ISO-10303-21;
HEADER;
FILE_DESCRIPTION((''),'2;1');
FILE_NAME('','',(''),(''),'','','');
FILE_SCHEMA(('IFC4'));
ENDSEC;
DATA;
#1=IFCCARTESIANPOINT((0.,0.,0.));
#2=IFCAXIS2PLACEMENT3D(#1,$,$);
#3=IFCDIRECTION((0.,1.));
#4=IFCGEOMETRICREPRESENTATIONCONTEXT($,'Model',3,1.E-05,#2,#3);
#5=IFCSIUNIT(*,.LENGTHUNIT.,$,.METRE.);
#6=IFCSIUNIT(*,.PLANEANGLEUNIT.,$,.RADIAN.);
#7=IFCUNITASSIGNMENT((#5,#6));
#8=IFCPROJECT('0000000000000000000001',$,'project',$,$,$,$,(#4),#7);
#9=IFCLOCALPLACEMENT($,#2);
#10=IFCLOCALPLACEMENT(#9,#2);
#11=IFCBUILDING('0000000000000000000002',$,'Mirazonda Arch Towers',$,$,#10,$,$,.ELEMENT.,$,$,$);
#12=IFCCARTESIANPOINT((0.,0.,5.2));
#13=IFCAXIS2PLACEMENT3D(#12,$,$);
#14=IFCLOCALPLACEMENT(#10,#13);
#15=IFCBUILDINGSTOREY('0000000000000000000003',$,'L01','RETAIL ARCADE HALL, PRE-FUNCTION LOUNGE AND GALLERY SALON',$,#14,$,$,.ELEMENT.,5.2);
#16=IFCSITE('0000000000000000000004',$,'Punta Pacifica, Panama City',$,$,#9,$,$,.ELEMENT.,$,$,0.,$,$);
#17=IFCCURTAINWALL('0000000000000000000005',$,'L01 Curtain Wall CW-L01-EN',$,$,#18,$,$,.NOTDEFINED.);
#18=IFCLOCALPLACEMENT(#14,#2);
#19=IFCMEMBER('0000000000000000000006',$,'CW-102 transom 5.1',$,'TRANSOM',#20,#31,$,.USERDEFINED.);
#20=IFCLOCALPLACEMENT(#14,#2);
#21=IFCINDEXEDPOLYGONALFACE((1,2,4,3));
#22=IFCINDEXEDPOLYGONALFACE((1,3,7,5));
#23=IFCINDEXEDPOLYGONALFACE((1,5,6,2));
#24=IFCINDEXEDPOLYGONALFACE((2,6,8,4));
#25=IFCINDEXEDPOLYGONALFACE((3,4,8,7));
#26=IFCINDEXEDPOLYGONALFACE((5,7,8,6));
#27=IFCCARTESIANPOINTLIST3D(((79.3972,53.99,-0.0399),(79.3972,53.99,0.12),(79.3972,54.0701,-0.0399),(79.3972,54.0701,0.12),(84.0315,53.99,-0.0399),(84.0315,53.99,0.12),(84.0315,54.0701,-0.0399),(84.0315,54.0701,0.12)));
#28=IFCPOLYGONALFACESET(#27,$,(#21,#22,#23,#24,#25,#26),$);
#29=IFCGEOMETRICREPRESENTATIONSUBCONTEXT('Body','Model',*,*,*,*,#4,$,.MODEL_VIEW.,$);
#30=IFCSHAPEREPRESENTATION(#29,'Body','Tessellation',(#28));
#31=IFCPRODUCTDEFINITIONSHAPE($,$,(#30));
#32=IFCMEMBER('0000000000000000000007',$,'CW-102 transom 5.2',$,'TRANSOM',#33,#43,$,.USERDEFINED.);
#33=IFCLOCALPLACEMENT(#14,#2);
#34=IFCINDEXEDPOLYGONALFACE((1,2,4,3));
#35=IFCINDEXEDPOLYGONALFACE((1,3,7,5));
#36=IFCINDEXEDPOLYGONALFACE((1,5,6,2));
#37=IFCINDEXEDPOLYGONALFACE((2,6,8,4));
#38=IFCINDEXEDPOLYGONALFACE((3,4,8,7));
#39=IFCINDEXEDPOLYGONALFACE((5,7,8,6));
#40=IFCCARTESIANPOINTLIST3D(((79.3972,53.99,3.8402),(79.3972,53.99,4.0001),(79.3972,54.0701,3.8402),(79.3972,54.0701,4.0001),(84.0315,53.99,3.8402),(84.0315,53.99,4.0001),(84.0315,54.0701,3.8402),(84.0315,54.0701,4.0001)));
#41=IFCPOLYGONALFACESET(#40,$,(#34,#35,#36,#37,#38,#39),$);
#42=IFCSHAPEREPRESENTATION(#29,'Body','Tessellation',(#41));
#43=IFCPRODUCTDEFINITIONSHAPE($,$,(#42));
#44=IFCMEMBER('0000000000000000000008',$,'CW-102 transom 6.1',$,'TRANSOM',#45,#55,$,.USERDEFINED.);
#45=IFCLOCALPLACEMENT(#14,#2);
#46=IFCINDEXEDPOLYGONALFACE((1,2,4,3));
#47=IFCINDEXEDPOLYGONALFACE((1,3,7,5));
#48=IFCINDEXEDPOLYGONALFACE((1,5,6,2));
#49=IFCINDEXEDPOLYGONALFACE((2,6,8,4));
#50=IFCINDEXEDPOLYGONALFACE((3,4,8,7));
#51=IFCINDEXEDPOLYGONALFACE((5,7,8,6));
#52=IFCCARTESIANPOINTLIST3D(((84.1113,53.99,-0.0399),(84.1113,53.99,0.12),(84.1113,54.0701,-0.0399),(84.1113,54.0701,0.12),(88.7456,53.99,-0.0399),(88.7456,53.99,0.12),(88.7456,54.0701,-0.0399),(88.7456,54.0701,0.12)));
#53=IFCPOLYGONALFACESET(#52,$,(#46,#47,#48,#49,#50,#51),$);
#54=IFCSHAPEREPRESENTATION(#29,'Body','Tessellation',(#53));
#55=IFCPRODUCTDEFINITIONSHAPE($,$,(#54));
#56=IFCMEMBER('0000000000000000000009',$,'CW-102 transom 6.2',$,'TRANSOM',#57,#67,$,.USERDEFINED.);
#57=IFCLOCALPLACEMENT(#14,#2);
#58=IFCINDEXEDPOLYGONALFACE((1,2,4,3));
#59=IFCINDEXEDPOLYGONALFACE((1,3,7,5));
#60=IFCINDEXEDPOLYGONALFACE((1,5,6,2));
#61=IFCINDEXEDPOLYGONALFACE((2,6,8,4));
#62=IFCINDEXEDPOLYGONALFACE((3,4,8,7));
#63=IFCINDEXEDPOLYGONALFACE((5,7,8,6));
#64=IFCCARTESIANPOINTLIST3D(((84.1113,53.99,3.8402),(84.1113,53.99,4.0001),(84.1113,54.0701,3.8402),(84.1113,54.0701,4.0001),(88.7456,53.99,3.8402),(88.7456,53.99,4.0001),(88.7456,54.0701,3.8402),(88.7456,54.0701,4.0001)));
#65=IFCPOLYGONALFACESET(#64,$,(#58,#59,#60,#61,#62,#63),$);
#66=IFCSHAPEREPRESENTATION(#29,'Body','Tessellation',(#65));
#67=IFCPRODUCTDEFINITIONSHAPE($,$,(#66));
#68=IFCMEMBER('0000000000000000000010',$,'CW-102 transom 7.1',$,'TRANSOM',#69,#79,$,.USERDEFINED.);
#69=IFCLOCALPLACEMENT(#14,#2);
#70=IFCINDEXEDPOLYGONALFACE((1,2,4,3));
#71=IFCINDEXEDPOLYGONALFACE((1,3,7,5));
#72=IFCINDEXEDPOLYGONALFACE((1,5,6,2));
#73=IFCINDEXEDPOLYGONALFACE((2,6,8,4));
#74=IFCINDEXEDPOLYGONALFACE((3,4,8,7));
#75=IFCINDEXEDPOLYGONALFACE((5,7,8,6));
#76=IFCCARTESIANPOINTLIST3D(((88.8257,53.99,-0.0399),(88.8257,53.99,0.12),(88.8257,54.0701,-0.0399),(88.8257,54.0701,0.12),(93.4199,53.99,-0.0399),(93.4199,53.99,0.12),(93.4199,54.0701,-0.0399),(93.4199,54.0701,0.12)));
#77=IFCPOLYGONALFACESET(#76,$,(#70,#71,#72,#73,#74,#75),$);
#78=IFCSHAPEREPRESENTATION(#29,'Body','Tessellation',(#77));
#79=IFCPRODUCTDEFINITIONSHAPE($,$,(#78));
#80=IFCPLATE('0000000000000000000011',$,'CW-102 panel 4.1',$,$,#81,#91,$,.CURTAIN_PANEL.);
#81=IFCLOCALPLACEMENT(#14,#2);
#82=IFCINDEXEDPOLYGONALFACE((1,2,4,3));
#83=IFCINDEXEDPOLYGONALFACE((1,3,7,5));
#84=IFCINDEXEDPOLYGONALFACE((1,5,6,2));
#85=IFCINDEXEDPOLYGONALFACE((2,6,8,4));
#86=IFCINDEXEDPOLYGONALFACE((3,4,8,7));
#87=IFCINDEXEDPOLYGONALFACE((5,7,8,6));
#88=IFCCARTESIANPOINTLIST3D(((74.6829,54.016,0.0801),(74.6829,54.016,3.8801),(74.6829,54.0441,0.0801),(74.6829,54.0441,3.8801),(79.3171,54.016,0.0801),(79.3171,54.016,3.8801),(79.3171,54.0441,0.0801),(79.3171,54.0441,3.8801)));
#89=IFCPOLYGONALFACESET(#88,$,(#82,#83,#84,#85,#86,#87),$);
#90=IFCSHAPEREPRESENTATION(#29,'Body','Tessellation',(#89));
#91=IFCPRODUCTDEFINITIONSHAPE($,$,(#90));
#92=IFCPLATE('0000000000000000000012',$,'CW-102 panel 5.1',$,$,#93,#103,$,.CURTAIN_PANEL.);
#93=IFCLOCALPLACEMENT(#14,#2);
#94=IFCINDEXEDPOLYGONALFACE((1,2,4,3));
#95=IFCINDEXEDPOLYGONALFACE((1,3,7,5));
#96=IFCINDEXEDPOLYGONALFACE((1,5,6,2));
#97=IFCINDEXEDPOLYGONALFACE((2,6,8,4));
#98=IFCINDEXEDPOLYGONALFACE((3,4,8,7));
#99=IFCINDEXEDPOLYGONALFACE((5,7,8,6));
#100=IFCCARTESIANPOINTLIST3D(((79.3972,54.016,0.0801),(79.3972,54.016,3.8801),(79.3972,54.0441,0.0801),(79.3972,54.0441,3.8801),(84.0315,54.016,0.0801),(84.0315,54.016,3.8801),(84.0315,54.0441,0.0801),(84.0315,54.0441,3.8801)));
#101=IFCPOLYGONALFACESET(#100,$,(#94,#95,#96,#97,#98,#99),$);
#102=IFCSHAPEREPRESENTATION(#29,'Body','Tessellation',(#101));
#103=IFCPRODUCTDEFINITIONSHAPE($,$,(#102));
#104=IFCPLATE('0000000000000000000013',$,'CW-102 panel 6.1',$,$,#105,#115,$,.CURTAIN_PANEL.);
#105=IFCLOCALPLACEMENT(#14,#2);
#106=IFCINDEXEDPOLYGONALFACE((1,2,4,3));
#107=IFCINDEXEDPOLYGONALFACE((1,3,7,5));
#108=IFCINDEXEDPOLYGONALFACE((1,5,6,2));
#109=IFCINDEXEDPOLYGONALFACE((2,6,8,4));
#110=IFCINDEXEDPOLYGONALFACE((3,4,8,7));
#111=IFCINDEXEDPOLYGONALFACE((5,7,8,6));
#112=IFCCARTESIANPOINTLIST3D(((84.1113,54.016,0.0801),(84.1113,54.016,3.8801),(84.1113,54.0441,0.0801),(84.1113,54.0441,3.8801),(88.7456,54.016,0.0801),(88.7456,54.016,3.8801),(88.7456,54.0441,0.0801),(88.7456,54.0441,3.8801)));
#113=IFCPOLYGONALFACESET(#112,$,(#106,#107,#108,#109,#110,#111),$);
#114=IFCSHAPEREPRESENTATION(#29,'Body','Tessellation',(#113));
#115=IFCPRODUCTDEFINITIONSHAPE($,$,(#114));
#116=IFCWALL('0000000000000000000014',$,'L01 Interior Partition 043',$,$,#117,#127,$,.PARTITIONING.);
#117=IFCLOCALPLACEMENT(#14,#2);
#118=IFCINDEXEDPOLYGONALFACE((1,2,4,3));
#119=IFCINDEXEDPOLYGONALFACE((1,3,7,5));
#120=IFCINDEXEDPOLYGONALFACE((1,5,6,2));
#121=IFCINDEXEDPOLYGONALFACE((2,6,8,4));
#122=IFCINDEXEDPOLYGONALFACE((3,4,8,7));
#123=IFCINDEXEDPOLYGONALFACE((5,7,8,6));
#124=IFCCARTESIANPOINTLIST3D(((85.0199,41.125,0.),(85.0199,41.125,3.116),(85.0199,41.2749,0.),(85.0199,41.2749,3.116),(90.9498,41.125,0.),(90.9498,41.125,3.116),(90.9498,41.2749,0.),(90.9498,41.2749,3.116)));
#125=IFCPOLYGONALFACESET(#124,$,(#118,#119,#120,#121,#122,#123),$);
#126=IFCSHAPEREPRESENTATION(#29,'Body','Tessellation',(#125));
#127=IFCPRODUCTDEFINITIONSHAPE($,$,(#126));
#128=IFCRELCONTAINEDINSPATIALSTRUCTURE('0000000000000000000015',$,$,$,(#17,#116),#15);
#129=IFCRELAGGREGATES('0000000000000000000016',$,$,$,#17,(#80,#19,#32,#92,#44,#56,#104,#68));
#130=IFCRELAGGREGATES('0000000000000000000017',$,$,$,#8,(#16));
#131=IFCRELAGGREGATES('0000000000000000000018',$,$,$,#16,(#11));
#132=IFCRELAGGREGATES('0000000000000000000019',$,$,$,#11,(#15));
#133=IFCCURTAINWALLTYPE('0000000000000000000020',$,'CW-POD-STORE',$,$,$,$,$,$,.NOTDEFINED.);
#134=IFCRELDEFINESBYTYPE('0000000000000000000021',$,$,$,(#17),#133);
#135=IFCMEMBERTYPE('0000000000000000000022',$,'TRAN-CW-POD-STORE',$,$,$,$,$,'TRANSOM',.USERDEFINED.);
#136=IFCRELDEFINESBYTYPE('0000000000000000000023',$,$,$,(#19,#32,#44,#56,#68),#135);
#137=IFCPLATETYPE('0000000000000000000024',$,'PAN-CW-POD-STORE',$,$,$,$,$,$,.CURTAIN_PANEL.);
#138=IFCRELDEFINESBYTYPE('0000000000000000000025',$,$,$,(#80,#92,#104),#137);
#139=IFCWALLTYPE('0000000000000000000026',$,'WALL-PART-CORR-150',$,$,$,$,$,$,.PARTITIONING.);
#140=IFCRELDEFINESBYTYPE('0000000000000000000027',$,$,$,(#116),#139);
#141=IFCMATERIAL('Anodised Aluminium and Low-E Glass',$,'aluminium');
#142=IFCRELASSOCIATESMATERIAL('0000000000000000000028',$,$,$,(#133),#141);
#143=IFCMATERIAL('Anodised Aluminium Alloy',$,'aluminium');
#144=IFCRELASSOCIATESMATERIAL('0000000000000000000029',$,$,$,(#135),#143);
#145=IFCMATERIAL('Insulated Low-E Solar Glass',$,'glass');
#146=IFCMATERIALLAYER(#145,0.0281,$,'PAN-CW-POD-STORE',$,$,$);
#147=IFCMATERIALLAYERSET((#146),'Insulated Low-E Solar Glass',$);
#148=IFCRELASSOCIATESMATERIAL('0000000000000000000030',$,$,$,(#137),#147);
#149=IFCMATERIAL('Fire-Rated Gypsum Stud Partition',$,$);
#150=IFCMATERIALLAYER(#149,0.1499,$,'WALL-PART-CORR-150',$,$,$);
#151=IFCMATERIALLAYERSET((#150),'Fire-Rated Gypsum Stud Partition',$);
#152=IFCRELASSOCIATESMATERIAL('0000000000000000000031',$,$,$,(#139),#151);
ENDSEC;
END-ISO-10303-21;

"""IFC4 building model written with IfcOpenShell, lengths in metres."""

from ifc_helpers import new_model, si_unit, direction, frame, frame_2d, origin, origin_2d, place, context, subcontext, project, spatial, rectangle, extrude, material, layer, layer_set, material_profile, profile_set, type_object, element, aggregate, save


model = new_model("IFC4")

# Units and contexts
model_context = context("Model", 3, precision=1e-05, world=origin(), true_north=direction((0.0, 1.0)))
body_context = subcontext(model_context, "Body", "Model", "MODEL_VIEW")
ifc_project = project(units=[si_unit("LENGTHUNIT", "METRE"), si_unit("PLANEANGLEUNIT", "RADIAN")], contexts=[model_context])

# Site, building, storey
site_placement = place(None, origin())
site = spatial("IfcSite", under=ifc_project, at=site_placement, Name="Punta Pacifica, Panama City", CompositionType="ELEMENT", RefElevation=0.0)
building_placement = place(site_placement, origin())
building = spatial("IfcBuilding", under=site, at=building_placement, Name="Mirazonda Arch Towers", CompositionType="ELEMENT")
storey_placement = place(building_placement, frame((0.0, 0.0, 5.2)))
storey = spatial("IfcBuildingStorey", under=building, at=storey_placement, Name="L01", Description="RETAIL ARCADE HALL, PRE-FUNCTION LOUNGE AND GALLERY SALON", CompositionType="ELEMENT", Elevation=5.2)

# Curtain wall, members, plates
ifc_material_1 = material(Name="Anodised Aluminium and Low-E Glass", Category="aluminium")
curtain_wall_type = type_object("IfcCurtainWallType", Name="CW-POD-STORE", PredefinedType="NOTDEFINED", material=ifc_material_1)
curtain_wall_placement = place(storey_placement, origin())
curtain_wall = element("IfcCurtainWall", 1, at=curtain_wall_placement, inside=storey, type_object=curtain_wall_type, Name="L01 Curtain Wall CW-L01-EN", PredefinedType="NOTDEFINED")
ifc_material_2 = material(Name="Anodised Aluminium Alloy", Category="aluminium")
ifc_material_profile_1 = material_profile(ifc_material_2, rectangle(XDim=0.0801, YDim=0.1599, at=origin_2d()), Name="ALU-TRAN-80x160")
ifc_profile_set_1 = profile_set([ifc_material_profile_1], Name="Anodised Aluminium Alloy")
member_type_1 = type_object("IfcMemberType", Name="TRAN-CW-POD-STORE", ElementType="TRANSOM", PredefinedType="USERDEFINED", material=ifc_profile_set_1)
member_1_placement = place(storey_placement, frame((79.3972, 54.03, 0.04), z_axis=(1.0, 0.0, 0.0), x_axis=(0.0, 1.0, 0.0)))
member_1 = element("IfcMember", 2, at=member_1_placement, type_object=member_type_1, Name="CW-102 transom 5.1", ObjectType="TRANSOM", PredefinedType="USERDEFINED", context=body_context, shape_type="SweptSolid", body=[
    extrude(rectangle(XDim=0.0801, YDim=0.1599, at=origin_2d()), origin(), (0.0, 0.0, 1.0), 4.6343),
])
member_2_placement = place(storey_placement, frame((79.3972, 54.03, 3.9202), z_axis=(1.0, 0.0, 0.0), x_axis=(0.0, 1.0, 0.0)))
member_2 = element("IfcMember", 3, at=member_2_placement, type_object=member_type_1, Name="CW-102 transom 5.2", ObjectType="TRANSOM", PredefinedType="USERDEFINED", context=body_context, shape_type="SweptSolid", body=[
    extrude(rectangle(XDim=0.0801, YDim=0.1599, at=origin_2d()), origin(), (0.0, 0.0, 1.0), 4.6343),
])
member_3_placement = place(storey_placement, frame((84.1113, 54.03, 0.04), z_axis=(1.0, 0.0, 0.0), x_axis=(0.0, 1.0, 0.0)))
member_3 = element("IfcMember", 4, at=member_3_placement, type_object=member_type_1, Name="CW-102 transom 6.1", ObjectType="TRANSOM", PredefinedType="USERDEFINED", context=body_context, shape_type="SweptSolid", body=[
    extrude(rectangle(XDim=0.0801, YDim=0.1599, at=origin_2d()), origin(), (0.0, 0.0, 1.0), 4.6343),
])
member_4_placement = place(storey_placement, frame((84.1113, 54.03, 3.9202), z_axis=(1.0, 0.0, 0.0), x_axis=(0.0, 1.0, 0.0)))
member_4 = element("IfcMember", 5, at=member_4_placement, type_object=member_type_1, Name="CW-102 transom 6.2", ObjectType="TRANSOM", PredefinedType="USERDEFINED", context=body_context, shape_type="SweptSolid", body=[
    extrude(rectangle(XDim=0.0801, YDim=0.1599, at=origin_2d()), origin(), (0.0, 0.0, 1.0), 4.6343),
])
member_5_placement = place(storey_placement, frame((88.8257, 54.03, 0.04), z_axis=(1.0, 0.0, 0.0), x_axis=(0.0, 1.0, 0.0)))
member_5 = element("IfcMember", 6, at=member_5_placement, type_object=member_type_1, Name="CW-102 transom 7.1", ObjectType="TRANSOM", PredefinedType="USERDEFINED", context=body_context, shape_type="SweptSolid", body=[
    extrude(rectangle(XDim=0.0801, YDim=0.1599, at=origin_2d()), origin(), (0.0, 0.0, 1.0), 4.5942),
])
ifc_material_3 = material(Name="Insulated Low-E Solar Glass", Category="glass")
ifc_layer_1 = layer(ifc_material_3, 0.0281, Name="PAN-CW-POD-STORE")
ifc_layer_set_1 = layer_set([ifc_layer_1], Name="Insulated Low-E Solar Glass")
plate_type = type_object("IfcPlateType", Name="PAN-CW-POD-STORE", PredefinedType="CURTAIN_PANEL", material=ifc_layer_set_1)
plate_1_placement = place(storey_placement, frame((77.0, 54.03, 0.0801), z_axis=(0.0, 0.0, 1.0), x_axis=(1.0, 0.0, 0.0)))
plate_1 = element("IfcPlate", 7, at=plate_1_placement, type_object=plate_type, Name="CW-102 panel 4.1", PredefinedType="CURTAIN_PANEL", context=body_context, shape_type="SweptSolid", body=[
    extrude(rectangle(XDim=4.6343, YDim=0.0281, at=origin_2d()), origin(), (0.0, 0.0, 1.0), 3.8),
])
plate_2_placement = place(storey_placement, frame((81.7144, 54.03, 0.0801), z_axis=(0.0, 0.0, 1.0), x_axis=(1.0, 0.0, 0.0)))
plate_2 = element("IfcPlate", 8, at=plate_2_placement, type_object=plate_type, Name="CW-102 panel 5.1", PredefinedType="CURTAIN_PANEL", context=body_context, shape_type="SweptSolid", body=[
    extrude(rectangle(XDim=4.6343, YDim=0.0281, at=origin_2d()), origin(), (0.0, 0.0, 1.0), 3.8),
])
plate_3_placement = place(storey_placement, frame((86.4285, 54.03, 0.0801), z_axis=(0.0, 0.0, 1.0), x_axis=(1.0, 0.0, 0.0)))
plate_3 = element("IfcPlate", 9, at=plate_3_placement, type_object=plate_type, Name="CW-102 panel 6.1", PredefinedType="CURTAIN_PANEL", context=body_context, shape_type="SweptSolid", body=[
    extrude(rectangle(XDim=4.6343, YDim=0.0281, at=origin_2d()), origin(), (0.0, 0.0, 1.0), 3.8),
])
aggregate(curtain_wall, [plate_1, member_1, member_2, plate_2, member_3, member_4, plate_3, member_5])

# Wall
ifc_material_4 = material(Name="Fire-Rated Gypsum Stud Partition")
ifc_layer_2 = layer(ifc_material_4, 0.1499, Name="WALL-PART-CORR-150")
ifc_layer_set_2 = layer_set([ifc_layer_2], Name="Fire-Rated Gypsum Stud Partition")
wall_type = type_object("IfcWallType", Name="WALL-PART-CORR-150", PredefinedType="PARTITIONING", material=ifc_layer_set_2)
wall_placement = place(storey_placement, frame((85.02, 41.2, 0.0), z_axis=(0.0, 0.0, 1.0), x_axis=(1.0, 0.0, 0.0)))
element("IfcWall", 10, at=wall_placement, inside=storey, type_object=wall_type, Name="L01 Interior Partition 043", PredefinedType="PARTITIONING", context=body_context, shape_type="SweptSolid", body=[
    extrude(rectangle(XDim=5.9299, YDim=0.1499, at=frame_2d((2.9648, 0.0))), origin(), (0.0, 0.0, 1.0), 3.116),
])

save(model, "model.ifc")
